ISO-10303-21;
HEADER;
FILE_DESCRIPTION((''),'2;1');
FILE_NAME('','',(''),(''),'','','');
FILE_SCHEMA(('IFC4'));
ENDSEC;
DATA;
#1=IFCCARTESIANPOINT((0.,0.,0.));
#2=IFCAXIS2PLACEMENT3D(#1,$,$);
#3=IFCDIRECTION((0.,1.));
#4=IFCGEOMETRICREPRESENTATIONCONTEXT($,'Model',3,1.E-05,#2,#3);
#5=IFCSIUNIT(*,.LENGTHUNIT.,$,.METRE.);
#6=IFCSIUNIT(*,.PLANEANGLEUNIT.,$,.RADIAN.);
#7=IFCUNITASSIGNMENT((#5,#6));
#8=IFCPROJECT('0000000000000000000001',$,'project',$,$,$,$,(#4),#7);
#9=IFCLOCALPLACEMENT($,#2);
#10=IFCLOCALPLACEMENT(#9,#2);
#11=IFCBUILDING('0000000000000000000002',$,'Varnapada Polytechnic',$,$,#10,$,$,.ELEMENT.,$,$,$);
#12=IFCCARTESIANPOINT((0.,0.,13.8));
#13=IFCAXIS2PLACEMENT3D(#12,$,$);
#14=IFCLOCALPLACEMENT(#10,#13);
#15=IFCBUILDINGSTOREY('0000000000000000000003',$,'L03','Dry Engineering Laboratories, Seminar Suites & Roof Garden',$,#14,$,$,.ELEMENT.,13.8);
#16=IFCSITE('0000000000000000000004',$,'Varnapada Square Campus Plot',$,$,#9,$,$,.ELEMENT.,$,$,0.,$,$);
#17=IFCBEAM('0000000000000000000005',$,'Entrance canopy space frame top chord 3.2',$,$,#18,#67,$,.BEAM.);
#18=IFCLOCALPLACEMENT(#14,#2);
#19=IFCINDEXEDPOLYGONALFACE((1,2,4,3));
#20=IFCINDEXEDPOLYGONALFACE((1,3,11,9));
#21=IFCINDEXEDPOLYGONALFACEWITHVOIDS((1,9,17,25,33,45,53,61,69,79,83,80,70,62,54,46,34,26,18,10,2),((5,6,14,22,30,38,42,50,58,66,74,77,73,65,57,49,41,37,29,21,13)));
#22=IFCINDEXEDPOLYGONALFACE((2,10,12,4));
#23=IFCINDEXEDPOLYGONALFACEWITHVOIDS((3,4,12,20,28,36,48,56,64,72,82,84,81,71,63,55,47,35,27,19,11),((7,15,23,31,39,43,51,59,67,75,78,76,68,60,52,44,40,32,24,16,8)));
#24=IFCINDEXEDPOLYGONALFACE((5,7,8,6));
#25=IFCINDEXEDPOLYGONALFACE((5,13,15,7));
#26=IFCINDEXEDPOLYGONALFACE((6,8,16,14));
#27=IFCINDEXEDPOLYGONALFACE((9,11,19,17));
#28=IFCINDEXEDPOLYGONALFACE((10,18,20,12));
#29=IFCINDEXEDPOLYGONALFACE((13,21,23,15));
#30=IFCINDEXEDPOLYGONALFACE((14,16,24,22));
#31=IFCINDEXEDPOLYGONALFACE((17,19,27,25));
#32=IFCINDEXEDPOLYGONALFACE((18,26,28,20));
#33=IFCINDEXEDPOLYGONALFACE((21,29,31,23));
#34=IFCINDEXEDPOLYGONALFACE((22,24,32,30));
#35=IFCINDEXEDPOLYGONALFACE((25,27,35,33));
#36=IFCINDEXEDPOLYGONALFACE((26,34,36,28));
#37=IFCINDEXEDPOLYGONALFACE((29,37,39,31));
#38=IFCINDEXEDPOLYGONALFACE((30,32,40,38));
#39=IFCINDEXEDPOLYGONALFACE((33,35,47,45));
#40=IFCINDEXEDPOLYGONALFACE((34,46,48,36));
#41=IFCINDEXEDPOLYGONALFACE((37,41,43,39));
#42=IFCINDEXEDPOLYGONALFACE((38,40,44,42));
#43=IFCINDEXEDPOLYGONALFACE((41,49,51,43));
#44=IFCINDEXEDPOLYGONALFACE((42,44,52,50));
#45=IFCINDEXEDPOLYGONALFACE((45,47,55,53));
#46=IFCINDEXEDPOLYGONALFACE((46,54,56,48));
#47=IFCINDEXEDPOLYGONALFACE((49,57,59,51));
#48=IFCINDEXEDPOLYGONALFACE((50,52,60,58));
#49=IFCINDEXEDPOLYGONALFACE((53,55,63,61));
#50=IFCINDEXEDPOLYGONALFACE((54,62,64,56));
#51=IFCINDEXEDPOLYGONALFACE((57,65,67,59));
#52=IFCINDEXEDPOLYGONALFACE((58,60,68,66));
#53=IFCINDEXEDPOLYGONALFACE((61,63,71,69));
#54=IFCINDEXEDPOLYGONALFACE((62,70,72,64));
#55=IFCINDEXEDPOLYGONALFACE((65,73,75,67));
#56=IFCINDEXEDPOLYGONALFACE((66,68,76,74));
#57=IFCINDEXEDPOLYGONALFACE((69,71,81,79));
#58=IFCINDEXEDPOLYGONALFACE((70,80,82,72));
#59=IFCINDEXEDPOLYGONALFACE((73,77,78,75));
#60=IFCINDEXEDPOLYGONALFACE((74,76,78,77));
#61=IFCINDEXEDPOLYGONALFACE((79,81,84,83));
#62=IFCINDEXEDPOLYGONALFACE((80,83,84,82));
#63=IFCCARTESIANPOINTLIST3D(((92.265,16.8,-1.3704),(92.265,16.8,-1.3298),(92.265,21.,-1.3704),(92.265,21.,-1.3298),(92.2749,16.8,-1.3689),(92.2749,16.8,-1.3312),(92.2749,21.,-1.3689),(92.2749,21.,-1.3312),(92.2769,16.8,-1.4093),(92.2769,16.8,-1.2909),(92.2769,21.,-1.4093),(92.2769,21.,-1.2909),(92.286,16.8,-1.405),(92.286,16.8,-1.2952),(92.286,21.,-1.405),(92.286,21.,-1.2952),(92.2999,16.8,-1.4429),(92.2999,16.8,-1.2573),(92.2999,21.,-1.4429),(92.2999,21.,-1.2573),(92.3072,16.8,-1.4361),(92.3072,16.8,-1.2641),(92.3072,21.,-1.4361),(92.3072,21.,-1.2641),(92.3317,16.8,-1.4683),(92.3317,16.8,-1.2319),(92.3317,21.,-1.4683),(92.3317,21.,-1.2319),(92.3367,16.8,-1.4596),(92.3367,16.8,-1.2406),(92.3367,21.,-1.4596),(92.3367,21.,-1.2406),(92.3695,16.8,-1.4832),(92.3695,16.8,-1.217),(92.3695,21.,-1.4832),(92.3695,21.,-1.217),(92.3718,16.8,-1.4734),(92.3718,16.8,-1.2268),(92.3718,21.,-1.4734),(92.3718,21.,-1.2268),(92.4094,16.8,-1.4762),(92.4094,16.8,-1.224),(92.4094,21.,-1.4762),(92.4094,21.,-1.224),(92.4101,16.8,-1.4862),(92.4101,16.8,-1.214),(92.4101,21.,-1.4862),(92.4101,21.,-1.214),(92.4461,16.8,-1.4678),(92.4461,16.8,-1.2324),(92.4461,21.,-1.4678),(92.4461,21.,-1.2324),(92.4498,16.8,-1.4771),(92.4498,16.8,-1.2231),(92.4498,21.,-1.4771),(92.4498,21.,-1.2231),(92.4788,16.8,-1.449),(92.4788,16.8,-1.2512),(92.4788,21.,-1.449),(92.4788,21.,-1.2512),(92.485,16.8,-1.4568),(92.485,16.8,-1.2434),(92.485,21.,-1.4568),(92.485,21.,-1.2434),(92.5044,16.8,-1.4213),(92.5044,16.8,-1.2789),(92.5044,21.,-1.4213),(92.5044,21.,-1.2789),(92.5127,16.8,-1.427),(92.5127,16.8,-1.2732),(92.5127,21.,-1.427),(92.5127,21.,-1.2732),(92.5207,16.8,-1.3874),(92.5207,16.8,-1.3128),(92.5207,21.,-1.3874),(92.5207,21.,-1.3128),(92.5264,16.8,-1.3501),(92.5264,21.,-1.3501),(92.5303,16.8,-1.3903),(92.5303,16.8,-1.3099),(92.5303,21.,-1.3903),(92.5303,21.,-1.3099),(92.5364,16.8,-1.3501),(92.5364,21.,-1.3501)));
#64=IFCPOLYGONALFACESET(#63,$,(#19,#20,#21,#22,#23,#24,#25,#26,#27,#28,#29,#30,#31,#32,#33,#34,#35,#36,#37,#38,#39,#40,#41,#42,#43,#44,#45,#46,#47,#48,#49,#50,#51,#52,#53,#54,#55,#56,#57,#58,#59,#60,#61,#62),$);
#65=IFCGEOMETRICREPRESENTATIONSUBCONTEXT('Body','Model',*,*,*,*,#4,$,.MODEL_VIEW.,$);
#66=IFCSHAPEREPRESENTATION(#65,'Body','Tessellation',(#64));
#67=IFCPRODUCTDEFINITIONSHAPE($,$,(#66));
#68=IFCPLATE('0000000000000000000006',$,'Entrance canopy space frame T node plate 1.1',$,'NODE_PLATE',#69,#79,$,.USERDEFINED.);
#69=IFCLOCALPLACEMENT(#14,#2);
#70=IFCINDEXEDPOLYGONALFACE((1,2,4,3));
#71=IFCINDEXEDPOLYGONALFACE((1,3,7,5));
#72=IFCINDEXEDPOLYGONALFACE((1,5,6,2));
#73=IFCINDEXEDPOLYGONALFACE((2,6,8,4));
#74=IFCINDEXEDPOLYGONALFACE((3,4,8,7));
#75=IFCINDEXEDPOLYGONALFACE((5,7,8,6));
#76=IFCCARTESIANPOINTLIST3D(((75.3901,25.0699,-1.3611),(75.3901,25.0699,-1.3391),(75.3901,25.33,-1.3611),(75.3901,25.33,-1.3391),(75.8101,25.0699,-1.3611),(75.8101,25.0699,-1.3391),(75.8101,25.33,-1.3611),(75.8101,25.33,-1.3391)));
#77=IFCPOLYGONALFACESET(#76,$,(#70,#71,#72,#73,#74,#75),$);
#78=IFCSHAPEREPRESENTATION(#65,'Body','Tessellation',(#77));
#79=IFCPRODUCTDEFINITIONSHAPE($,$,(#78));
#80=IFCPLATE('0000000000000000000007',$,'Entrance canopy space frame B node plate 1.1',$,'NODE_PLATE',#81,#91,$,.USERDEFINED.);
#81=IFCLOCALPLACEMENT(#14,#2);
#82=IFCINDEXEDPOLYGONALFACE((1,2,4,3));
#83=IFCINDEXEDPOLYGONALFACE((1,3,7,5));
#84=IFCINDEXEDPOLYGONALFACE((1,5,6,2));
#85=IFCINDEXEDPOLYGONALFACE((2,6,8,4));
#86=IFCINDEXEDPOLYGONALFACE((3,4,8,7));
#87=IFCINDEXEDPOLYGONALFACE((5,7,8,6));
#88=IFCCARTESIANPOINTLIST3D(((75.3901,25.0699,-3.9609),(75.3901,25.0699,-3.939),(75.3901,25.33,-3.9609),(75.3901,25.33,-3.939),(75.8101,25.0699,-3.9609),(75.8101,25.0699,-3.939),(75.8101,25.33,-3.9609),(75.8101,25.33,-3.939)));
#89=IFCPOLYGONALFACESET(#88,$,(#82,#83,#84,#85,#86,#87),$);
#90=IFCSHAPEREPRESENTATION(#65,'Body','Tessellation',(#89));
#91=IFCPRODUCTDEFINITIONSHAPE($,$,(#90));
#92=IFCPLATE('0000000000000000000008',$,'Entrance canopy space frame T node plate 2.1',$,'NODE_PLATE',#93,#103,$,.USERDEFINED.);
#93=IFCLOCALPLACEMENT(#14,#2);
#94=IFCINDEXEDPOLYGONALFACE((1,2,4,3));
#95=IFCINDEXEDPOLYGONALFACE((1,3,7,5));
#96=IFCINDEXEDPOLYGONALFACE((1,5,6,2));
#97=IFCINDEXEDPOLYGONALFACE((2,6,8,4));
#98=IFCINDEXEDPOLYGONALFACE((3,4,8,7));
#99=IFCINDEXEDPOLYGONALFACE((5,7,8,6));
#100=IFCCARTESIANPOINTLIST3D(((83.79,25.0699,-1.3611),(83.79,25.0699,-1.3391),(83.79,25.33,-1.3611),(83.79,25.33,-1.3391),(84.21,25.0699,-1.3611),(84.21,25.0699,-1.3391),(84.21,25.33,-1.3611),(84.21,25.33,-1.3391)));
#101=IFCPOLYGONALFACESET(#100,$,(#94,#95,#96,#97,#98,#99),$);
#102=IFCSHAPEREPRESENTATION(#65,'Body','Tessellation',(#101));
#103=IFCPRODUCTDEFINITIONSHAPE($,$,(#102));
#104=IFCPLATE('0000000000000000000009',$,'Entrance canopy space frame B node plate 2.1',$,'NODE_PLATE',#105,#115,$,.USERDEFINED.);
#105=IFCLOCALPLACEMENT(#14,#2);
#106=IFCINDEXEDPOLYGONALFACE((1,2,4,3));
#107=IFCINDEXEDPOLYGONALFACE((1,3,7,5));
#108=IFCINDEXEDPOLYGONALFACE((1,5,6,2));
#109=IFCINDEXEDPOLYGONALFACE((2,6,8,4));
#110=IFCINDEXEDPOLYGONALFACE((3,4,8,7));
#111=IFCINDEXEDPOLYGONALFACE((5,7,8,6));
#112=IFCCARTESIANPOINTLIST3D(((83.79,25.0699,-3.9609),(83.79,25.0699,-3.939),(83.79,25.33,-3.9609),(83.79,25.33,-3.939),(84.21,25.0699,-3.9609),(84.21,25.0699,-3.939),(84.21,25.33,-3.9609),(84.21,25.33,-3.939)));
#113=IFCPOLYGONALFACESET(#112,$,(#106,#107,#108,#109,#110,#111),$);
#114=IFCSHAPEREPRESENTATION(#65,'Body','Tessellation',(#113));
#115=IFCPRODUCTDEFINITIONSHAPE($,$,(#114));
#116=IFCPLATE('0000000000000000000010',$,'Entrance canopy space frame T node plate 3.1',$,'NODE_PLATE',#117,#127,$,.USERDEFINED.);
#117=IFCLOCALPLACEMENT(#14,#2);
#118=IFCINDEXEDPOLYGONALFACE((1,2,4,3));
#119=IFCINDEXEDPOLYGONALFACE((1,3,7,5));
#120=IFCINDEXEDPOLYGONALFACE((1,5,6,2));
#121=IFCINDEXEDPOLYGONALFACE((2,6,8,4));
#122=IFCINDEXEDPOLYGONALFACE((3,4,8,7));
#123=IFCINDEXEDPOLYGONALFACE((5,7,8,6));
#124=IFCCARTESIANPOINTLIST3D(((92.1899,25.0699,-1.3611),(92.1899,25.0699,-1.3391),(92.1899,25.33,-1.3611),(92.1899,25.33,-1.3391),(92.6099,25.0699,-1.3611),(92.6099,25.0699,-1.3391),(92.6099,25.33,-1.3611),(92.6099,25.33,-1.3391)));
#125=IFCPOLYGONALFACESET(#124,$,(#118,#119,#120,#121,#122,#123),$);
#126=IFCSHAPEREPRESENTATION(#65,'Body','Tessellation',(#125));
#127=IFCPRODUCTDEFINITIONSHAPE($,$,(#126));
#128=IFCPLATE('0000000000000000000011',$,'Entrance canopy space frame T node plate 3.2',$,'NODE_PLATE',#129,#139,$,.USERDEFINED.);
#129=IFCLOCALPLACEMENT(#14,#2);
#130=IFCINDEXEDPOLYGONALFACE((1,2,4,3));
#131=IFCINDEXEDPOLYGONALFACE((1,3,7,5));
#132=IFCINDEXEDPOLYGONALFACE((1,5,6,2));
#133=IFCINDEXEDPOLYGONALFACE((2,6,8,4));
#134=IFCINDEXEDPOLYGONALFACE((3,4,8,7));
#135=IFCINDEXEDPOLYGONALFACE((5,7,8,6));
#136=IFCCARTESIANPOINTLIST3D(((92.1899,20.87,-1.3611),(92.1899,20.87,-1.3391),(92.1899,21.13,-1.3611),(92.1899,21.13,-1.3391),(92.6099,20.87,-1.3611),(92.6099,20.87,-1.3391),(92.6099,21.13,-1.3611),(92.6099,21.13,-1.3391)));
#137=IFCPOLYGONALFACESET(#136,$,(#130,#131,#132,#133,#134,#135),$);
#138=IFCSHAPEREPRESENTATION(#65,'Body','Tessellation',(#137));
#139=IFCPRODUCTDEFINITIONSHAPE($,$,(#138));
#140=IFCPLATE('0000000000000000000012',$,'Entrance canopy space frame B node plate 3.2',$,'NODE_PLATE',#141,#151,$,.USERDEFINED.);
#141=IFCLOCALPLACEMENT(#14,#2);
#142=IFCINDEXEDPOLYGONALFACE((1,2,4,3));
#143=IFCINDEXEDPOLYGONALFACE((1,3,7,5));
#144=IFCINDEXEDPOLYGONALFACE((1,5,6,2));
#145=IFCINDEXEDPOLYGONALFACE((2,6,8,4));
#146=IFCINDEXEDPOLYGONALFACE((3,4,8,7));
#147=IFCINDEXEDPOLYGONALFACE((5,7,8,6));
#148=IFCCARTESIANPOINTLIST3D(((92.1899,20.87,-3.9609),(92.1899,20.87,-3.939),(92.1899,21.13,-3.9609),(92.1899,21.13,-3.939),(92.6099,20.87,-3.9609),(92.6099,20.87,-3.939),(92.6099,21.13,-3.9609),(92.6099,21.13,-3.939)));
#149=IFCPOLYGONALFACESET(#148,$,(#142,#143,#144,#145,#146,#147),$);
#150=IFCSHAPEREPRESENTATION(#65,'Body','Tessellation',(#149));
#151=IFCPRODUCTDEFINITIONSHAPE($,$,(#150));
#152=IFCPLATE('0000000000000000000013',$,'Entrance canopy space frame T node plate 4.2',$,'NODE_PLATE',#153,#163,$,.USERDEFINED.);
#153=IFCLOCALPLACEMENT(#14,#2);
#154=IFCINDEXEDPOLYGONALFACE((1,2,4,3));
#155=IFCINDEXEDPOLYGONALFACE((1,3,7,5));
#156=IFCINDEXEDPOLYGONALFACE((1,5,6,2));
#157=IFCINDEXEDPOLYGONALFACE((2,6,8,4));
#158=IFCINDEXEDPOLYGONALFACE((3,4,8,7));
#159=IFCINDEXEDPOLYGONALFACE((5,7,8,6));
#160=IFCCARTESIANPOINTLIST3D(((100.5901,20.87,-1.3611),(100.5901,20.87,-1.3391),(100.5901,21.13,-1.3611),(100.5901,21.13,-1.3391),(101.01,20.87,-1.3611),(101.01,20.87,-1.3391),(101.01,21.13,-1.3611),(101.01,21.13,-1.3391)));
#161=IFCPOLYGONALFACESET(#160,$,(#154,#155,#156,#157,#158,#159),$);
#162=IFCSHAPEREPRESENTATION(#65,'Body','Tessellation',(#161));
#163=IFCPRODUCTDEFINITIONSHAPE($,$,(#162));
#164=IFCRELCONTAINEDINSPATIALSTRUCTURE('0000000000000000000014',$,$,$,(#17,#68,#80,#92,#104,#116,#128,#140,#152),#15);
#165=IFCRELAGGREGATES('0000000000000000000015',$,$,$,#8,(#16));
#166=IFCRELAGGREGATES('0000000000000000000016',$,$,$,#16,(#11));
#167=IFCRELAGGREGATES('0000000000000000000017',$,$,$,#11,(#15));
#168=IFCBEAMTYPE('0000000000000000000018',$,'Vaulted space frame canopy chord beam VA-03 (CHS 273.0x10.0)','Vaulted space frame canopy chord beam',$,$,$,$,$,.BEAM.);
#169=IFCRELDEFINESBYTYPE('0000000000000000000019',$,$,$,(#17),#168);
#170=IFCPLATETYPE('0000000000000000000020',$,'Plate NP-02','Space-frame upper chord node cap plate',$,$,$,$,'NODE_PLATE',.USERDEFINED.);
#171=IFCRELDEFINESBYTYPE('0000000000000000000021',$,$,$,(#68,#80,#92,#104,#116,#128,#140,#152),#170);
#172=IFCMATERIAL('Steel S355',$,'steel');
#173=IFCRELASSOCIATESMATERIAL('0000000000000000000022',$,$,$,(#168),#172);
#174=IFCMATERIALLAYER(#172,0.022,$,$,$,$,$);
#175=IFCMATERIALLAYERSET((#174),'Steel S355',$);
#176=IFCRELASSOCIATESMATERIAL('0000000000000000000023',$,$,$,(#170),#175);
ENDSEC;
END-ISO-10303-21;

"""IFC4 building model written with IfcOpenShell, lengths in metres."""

from ifc_helpers import new_model, si_unit, direction, frame, origin, origin_2d, place, context, subcontext, project, spatial, rectangle, hollow_circle, extrude, material, layer, layer_set, material_profile, profile_set, type_object, element, save


model = new_model("IFC4")

# Units and contexts
model_context = context("Model", 3, precision=1e-05, world=origin(), true_north=direction((0.0, 1.0)))
body_context = subcontext(model_context, "Body", "Model", "MODEL_VIEW")
ifc_project = project(units=[si_unit("LENGTHUNIT", "METRE"), si_unit("PLANEANGLEUNIT", "RADIAN")], contexts=[model_context])

# Site, building, storey
site_placement = place(None, origin())
site = spatial("IfcSite", under=ifc_project, at=site_placement, Name="Varnapada Square Campus Plot", CompositionType="ELEMENT", RefElevation=0.0)
building_placement = place(site_placement, origin())
building = spatial("IfcBuilding", under=site, at=building_placement, Name="Varnapada Polytechnic", CompositionType="ELEMENT")
storey_placement = place(building_placement, frame((0.0, 0.0, 13.8)))
storey = spatial("IfcBuildingStorey", under=building, at=storey_placement, Name="L03", Description="Dry Engineering Laboratories, Seminar Suites & Roof Garden", CompositionType="ELEMENT", Elevation=13.8)

# Shared definitions
ifc_material = material(Name="Steel S355", Category="steel")

# Beam
ifc_material_profile_1 = material_profile(ifc_material, hollow_circle(Radius=0.1365, WallThickness=0.01, at=origin_2d()), Name="CHS 273.0x10.0")
ifc_profile_set_1 = profile_set([ifc_material_profile_1], Name="Steel S355")
beam_type = type_object("IfcBeamType", Name="Vaulted space frame canopy chord beam VA-03 (CHS 273.0x10.0)", Description="Vaulted space frame canopy chord beam", PredefinedType="BEAM", material=ifc_profile_set_1)
for number, where, z_axis, x_axis, name in (
    (1, (92.3999, 21.0, -1.3501), (0.0, -1.0, 0.0), (1.0, 0.0, 0.0), "Entrance canopy space frame top chord 3.2"),
):
    element("IfcBeam", number, at=place(storey_placement, frame(where, z_axis=z_axis, x_axis=x_axis)), inside=storey, type_object=beam_type, Name=name, PredefinedType="BEAM", context=body_context, shape_type="SweptSolid", body=[
        extrude(hollow_circle(Radius=0.1365, WallThickness=0.01, at=origin_2d()), origin(), (0.0, 0.0, 1.0), 4.2),
    ])

# Plates
ifc_layer = layer(ifc_material, 0.022)
ifc_layer_set = layer_set([ifc_layer], Name="Steel S355")
plate_type = type_object("IfcPlateType", Name="Plate NP-02", Description="Space-frame upper chord node cap plate", ElementType="NODE_PLATE", PredefinedType="USERDEFINED", material=ifc_layer_set)
for number, where, z_axis, x_axis, name in (
    (2, (75.6001, 25.2, -1.3611), (0.0, 0.0, 1.0), (1.0, 0.0, 0.0), "Entrance canopy space frame T node plate 1.1"),
    (3, (75.6001, 25.2, -3.9609), (0.0, 0.0, 1.0), (1.0, 0.0, 0.0), "Entrance canopy space frame B node plate 1.1"),
    (4, (84.0, 25.2, -1.3611), (0.0, 0.0, 1.0), (1.0, 0.0, 0.0), "Entrance canopy space frame T node plate 2.1"),
    (5, (84.0, 25.2, -3.9609), (0.0, 0.0, 1.0), (1.0, 0.0, 0.0), "Entrance canopy space frame B node plate 2.1"),
    (6, (92.3999, 25.2, -1.3611), (0.0, 0.0, 1.0), (1.0, 0.0, 0.0), "Entrance canopy space frame T node plate 3.1"),
    (7, (92.3999, 21.0, -1.3611), (0.0, 0.0, 1.0), (1.0, 0.0, 0.0), "Entrance canopy space frame T node plate 3.2"),
    (8, (92.3999, 21.0, -3.9609), (0.0, 0.0, 1.0), (1.0, 0.0, 0.0), "Entrance canopy space frame B node plate 3.2"),
    (9, (100.8, 21.0, -1.3611), (0.0, 0.0, 1.0), (1.0, 0.0, 0.0), "Entrance canopy space frame T node plate 4.2"),
):
    element("IfcPlate", number, at=place(storey_placement, frame(where, z_axis=z_axis, x_axis=x_axis)), inside=storey, type_object=plate_type, Name=name, ObjectType="NODE_PLATE", PredefinedType="USERDEFINED", context=body_context, shape_type="SweptSolid", body=[
        extrude(rectangle(XDim=0.4199, YDim=0.26, at=origin_2d()), origin(), (0.0, 0.0, 1.0), 0.022),
    ])

save(model, "model.ifc")
